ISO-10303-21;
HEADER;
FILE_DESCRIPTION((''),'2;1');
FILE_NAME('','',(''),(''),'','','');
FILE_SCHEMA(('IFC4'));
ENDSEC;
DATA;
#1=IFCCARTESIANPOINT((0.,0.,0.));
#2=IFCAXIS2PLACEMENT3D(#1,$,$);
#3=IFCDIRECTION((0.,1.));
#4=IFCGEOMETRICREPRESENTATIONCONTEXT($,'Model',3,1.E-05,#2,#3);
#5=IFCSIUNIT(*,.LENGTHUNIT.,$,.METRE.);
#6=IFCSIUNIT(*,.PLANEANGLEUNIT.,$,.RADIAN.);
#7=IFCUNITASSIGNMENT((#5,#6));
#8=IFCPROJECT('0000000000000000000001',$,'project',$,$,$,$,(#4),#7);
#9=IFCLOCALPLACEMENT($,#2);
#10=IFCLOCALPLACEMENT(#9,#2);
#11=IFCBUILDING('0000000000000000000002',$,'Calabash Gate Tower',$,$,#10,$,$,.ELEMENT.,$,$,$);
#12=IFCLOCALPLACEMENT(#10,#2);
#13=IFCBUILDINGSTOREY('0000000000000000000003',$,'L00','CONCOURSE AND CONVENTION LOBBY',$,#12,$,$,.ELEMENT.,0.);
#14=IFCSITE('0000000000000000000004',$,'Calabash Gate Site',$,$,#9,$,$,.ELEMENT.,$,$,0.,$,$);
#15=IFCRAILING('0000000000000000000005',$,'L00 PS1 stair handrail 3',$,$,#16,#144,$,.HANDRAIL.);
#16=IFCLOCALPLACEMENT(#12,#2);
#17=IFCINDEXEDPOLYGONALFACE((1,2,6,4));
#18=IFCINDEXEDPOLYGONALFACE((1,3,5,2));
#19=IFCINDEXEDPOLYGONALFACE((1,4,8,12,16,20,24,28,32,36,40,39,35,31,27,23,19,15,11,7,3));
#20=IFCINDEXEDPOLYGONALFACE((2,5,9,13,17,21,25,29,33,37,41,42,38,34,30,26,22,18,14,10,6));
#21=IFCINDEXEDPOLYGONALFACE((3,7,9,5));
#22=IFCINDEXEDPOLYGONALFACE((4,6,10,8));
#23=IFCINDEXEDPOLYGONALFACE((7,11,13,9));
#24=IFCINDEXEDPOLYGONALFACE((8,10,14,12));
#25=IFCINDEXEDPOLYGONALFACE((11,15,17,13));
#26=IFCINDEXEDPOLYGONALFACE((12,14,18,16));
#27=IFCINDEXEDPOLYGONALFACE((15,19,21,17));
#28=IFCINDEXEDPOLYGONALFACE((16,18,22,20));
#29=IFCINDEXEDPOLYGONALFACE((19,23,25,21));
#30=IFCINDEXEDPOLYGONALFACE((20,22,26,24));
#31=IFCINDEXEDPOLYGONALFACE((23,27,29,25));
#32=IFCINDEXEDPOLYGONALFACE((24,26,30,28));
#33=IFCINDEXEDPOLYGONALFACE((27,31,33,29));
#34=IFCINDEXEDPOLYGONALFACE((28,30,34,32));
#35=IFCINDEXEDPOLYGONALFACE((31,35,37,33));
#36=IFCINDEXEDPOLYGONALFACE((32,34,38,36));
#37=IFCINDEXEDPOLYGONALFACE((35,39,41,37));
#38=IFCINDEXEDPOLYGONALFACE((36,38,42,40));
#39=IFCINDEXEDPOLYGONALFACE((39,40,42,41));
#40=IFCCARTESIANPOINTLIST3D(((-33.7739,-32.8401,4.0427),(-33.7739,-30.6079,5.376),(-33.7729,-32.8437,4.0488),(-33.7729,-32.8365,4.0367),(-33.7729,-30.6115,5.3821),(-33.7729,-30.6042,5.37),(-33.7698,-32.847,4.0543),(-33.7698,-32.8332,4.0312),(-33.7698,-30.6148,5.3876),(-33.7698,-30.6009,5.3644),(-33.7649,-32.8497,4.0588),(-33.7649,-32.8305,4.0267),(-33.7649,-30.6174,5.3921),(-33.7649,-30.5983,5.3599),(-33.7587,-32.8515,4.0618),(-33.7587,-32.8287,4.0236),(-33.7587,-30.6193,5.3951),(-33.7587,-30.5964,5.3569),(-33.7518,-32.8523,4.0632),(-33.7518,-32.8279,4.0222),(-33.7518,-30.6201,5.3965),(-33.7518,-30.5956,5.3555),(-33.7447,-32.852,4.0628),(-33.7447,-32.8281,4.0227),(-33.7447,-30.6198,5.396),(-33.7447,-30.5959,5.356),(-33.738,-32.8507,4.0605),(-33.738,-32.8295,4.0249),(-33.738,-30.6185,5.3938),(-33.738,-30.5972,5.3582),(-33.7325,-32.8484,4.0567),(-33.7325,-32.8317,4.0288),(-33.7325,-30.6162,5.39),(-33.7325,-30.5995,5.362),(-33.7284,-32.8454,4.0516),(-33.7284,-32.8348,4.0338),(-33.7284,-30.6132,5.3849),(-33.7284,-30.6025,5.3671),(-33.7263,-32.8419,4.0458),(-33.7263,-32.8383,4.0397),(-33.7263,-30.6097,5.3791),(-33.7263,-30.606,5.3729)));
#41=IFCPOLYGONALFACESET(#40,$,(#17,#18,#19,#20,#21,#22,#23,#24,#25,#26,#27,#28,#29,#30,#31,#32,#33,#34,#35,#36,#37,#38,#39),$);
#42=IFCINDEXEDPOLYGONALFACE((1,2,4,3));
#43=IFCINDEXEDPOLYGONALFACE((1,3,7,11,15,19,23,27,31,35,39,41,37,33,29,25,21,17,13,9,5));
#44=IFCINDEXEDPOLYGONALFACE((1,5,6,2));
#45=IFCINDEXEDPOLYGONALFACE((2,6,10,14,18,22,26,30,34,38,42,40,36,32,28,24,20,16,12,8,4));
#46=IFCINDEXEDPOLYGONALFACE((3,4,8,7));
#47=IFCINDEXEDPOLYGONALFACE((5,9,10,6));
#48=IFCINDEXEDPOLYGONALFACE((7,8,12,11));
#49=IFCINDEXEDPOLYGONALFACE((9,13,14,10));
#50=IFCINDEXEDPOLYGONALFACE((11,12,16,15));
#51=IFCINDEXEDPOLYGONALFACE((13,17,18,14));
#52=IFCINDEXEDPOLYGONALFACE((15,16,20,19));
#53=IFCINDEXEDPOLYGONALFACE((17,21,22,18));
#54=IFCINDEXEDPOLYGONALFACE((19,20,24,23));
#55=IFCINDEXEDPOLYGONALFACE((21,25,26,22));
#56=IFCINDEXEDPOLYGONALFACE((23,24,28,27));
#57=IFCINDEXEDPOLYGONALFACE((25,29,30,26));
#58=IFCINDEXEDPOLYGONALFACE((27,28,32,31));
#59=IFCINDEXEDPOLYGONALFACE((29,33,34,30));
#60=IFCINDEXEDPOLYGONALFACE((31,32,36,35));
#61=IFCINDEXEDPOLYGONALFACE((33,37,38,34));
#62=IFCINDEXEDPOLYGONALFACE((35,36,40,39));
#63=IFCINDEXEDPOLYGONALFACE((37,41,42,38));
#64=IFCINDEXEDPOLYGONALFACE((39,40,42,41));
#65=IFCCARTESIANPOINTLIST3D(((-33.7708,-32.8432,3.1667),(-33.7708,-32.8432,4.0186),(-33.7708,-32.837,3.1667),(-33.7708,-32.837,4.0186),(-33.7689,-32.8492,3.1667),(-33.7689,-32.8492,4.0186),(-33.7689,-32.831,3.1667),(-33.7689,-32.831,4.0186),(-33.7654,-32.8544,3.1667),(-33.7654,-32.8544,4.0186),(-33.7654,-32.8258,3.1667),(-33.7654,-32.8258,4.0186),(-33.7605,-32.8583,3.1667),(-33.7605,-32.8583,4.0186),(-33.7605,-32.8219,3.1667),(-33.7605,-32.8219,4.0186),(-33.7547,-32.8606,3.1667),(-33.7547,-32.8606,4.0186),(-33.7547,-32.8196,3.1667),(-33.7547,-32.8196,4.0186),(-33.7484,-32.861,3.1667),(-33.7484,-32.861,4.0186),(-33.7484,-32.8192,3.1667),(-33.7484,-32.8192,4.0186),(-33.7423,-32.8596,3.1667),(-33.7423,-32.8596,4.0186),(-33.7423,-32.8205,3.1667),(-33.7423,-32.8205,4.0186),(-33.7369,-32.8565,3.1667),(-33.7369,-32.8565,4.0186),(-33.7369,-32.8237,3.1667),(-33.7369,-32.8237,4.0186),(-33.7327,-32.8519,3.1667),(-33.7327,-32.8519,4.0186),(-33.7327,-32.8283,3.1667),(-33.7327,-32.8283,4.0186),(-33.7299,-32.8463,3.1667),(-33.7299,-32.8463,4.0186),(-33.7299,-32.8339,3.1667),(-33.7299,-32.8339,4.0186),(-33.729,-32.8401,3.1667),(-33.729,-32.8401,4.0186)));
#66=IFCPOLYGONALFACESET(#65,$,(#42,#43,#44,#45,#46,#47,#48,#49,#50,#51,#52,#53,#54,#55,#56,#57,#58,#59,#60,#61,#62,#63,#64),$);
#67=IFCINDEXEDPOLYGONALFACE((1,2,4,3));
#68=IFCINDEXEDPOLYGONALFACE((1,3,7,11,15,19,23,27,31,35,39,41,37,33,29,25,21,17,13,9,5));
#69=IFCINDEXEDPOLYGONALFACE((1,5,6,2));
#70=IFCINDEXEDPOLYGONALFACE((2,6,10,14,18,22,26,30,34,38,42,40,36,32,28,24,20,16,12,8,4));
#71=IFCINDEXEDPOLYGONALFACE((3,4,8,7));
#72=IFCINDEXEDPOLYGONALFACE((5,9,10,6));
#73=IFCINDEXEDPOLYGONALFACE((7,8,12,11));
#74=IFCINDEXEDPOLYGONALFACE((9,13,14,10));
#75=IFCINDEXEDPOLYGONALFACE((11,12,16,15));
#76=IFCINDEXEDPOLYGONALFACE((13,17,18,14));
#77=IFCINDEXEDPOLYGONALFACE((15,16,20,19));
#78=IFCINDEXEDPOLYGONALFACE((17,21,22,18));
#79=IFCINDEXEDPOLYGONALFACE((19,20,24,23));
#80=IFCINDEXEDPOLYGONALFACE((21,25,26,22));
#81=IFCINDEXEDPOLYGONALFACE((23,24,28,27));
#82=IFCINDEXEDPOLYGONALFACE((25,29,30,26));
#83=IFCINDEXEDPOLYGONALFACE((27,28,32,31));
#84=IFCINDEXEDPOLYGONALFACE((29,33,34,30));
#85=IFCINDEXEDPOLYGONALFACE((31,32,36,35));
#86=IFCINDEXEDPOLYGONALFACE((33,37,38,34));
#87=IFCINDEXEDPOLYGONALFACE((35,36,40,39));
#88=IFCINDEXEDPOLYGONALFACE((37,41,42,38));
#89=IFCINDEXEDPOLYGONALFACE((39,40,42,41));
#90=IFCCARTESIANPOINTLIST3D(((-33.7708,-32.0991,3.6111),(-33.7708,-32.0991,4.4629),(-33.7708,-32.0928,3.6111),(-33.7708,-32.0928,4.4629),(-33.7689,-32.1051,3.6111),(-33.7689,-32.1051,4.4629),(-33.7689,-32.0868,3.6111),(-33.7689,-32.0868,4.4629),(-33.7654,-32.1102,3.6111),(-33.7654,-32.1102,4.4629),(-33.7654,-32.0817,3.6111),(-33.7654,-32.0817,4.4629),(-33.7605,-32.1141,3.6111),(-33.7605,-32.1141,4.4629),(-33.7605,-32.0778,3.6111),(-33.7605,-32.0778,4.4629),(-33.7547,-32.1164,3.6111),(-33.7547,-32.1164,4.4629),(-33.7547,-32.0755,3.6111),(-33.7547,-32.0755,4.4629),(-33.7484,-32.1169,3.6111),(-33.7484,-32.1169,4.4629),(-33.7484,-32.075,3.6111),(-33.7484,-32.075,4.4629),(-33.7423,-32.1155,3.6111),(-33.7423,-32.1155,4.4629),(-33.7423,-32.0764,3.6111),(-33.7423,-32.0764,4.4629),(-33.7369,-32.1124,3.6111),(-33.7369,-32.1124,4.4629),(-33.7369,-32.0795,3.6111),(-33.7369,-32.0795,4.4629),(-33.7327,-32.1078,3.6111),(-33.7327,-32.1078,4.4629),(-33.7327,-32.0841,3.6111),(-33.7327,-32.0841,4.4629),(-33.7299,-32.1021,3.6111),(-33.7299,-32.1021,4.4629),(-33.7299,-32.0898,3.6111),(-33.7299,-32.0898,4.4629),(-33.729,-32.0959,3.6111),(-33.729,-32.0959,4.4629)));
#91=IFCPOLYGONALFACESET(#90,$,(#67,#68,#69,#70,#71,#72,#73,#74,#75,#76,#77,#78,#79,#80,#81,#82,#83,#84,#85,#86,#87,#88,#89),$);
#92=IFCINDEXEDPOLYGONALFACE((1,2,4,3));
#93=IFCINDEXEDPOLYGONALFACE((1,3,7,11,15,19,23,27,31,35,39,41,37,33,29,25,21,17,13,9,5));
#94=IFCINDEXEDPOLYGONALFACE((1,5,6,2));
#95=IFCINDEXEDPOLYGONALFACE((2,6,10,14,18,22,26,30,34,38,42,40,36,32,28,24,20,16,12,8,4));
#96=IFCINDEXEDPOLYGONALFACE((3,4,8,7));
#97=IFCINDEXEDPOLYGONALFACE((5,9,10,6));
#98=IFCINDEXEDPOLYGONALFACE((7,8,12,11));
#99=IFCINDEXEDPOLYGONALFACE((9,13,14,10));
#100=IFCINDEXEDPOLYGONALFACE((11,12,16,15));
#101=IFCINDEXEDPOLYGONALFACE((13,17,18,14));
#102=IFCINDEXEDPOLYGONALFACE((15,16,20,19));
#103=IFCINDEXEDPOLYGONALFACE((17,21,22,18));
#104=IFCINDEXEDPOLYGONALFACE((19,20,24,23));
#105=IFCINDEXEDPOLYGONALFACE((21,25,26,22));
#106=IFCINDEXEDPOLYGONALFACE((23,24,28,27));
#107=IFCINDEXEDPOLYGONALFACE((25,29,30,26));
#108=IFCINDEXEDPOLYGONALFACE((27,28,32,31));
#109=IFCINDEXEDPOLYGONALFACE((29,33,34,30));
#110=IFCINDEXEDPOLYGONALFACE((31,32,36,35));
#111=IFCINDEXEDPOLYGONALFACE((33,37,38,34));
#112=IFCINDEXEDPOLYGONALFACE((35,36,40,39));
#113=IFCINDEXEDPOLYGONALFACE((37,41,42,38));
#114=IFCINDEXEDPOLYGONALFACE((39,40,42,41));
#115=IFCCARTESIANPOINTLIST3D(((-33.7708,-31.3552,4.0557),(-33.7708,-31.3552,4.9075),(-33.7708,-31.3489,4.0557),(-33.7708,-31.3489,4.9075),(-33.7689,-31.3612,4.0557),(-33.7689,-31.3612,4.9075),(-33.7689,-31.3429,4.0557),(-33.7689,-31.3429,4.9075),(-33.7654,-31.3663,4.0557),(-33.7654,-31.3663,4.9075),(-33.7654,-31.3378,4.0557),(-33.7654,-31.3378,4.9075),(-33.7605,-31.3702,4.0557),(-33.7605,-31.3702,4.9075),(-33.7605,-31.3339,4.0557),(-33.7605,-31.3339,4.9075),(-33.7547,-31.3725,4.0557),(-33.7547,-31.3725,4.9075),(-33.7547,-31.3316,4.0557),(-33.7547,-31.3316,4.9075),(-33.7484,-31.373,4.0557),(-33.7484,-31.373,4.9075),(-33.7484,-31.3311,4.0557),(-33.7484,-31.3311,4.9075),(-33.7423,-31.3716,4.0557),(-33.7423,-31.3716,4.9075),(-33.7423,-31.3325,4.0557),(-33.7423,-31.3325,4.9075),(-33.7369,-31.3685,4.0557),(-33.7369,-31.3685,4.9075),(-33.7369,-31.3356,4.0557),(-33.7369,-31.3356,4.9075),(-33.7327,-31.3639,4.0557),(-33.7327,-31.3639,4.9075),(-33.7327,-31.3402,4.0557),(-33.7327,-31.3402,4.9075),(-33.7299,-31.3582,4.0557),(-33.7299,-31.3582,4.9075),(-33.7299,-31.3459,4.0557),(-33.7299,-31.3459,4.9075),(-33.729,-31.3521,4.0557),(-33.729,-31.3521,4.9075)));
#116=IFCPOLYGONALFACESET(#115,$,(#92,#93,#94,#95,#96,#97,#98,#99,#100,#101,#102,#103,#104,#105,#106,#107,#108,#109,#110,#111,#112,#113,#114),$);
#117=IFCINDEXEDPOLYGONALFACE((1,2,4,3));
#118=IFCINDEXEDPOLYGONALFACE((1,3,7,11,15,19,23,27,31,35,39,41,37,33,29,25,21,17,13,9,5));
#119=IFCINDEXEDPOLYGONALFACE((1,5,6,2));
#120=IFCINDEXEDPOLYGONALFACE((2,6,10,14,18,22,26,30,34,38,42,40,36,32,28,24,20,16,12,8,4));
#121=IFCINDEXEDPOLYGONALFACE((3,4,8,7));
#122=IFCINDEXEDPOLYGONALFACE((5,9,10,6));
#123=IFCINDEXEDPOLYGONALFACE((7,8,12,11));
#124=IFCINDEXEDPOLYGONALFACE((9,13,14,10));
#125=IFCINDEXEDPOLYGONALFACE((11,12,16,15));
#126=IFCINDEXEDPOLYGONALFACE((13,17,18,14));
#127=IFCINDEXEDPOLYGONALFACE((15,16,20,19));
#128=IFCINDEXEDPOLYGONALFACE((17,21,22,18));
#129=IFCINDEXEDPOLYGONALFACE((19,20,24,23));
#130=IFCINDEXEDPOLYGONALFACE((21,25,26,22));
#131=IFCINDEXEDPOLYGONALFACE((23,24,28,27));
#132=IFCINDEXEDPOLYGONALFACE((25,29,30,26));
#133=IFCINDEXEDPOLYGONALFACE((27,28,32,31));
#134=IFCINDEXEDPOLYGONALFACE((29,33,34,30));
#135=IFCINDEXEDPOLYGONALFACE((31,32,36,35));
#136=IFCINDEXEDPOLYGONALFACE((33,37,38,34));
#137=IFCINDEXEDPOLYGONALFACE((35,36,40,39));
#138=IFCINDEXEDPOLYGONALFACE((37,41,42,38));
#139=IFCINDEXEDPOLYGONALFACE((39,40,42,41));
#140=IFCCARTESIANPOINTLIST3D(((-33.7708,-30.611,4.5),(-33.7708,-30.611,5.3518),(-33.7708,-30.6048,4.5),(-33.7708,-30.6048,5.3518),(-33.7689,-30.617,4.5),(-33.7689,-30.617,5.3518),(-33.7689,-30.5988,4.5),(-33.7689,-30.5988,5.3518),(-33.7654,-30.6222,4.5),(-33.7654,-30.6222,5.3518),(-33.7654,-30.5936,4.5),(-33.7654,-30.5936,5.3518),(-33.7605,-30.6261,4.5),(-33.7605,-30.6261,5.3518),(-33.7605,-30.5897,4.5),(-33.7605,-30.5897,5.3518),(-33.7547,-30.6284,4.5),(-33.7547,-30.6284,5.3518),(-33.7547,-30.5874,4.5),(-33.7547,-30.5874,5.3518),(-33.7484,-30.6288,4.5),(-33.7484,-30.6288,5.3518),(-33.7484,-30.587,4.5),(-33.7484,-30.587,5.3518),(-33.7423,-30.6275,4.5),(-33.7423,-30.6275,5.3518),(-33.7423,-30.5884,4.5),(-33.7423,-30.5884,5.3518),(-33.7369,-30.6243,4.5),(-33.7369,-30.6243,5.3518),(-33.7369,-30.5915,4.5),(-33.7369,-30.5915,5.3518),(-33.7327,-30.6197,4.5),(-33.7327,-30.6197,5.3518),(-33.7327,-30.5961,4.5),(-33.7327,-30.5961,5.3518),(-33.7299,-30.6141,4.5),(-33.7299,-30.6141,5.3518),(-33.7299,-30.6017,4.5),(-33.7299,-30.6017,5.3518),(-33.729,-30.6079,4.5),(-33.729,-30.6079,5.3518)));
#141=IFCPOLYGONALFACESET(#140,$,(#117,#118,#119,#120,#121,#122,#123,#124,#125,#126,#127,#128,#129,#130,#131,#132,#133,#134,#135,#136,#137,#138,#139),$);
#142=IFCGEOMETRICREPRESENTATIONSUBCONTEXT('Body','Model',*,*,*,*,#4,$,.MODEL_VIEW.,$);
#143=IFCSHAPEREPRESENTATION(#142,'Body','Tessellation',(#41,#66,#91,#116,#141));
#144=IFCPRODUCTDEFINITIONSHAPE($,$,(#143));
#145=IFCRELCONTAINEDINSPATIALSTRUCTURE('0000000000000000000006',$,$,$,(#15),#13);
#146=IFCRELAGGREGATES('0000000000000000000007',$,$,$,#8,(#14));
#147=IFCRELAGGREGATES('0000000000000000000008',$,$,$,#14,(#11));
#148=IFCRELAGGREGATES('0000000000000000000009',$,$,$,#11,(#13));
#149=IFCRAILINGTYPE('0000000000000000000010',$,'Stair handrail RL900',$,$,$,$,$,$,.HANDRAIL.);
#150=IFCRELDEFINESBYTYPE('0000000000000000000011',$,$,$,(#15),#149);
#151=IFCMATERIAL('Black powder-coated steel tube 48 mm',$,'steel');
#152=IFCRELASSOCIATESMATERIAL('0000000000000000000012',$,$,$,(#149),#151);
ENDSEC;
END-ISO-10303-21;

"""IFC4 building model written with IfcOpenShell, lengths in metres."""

from ifc_helpers import new_model, si_unit, direction, frame, origin, origin_2d, place, context, subcontext, project, spatial, circle, extrude, material, type_object, element, save


model = new_model("IFC4")

# Units and contexts
model_context = context("Model", 3, precision=1e-05, world=origin(), true_north=direction((0.0, 1.0)))
body_context = subcontext(model_context, "Body", "Model", "MODEL_VIEW")
ifc_project = project(units=[si_unit("LENGTHUNIT", "METRE"), si_unit("PLANEANGLEUNIT", "RADIAN")], contexts=[model_context])

# Site, building, storey
site_placement = place(None, origin())
site = spatial("IfcSite", under=ifc_project, at=site_placement, Name="Calabash Gate Site", CompositionType="ELEMENT", RefElevation=0.0)
building_placement = place(site_placement, origin())
building = spatial("IfcBuilding", under=site, at=building_placement, Name="Calabash Gate Tower", CompositionType="ELEMENT")
storey_placement = place(building_placement, origin())
storey = spatial("IfcBuildingStorey", under=building, at=storey_placement, Name="L00", Description="CONCOURSE AND CONVENTION LOBBY", CompositionType="ELEMENT", Elevation=0.0)

# Railing
ifc_material_1 = material(Name="Black powder-coated steel tube 48 mm", Category="steel")
railing_type = type_object("IfcRailingType", Name="Stair handrail RL900", PredefinedType="HANDRAIL", material=ifc_material_1)
for number, where, name in (
    (1, (-33.75, -32.8401, 3.1667), "L00 PS1 stair handrail 3"),
):
    element("IfcRailing", number, at=place(storey_placement, frame(where)), inside=storey, type_object=railing_type, Name=name, PredefinedType="HANDRAIL", context=body_context, shape_type="SweptSolid", body=[
        extrude(circle(Radius=0.0239, at=origin_2d()), frame((0.0, 0.0, 0.876), z_axis=(0.0, 0.858519, 0.512782), x_axis=(-1.0, 0.0, 0.0)), (0.0, 0.0, 1.0), 2.6001),
        extrude(circle(Radius=0.021, at=origin_2d()), origin(), (0.0, 0.0, 1.0), 0.8518),
        extrude(circle(Radius=0.021, at=origin_2d()), frame((0.0, 0.7441, 0.4443)), (0.0, 0.0, 1.0), 0.8518),
        extrude(circle(Radius=0.021, at=origin_2d()), frame((0.0, 1.488, 0.8889)), (0.0, 0.0, 1.0), 0.8518),
        extrude(circle(Radius=0.021, at=origin_2d()), frame((0.0, 2.2322, 1.3333)), (0.0, 0.0, 1.0), 0.8518),
    ])

save(model, "model.ifc")
